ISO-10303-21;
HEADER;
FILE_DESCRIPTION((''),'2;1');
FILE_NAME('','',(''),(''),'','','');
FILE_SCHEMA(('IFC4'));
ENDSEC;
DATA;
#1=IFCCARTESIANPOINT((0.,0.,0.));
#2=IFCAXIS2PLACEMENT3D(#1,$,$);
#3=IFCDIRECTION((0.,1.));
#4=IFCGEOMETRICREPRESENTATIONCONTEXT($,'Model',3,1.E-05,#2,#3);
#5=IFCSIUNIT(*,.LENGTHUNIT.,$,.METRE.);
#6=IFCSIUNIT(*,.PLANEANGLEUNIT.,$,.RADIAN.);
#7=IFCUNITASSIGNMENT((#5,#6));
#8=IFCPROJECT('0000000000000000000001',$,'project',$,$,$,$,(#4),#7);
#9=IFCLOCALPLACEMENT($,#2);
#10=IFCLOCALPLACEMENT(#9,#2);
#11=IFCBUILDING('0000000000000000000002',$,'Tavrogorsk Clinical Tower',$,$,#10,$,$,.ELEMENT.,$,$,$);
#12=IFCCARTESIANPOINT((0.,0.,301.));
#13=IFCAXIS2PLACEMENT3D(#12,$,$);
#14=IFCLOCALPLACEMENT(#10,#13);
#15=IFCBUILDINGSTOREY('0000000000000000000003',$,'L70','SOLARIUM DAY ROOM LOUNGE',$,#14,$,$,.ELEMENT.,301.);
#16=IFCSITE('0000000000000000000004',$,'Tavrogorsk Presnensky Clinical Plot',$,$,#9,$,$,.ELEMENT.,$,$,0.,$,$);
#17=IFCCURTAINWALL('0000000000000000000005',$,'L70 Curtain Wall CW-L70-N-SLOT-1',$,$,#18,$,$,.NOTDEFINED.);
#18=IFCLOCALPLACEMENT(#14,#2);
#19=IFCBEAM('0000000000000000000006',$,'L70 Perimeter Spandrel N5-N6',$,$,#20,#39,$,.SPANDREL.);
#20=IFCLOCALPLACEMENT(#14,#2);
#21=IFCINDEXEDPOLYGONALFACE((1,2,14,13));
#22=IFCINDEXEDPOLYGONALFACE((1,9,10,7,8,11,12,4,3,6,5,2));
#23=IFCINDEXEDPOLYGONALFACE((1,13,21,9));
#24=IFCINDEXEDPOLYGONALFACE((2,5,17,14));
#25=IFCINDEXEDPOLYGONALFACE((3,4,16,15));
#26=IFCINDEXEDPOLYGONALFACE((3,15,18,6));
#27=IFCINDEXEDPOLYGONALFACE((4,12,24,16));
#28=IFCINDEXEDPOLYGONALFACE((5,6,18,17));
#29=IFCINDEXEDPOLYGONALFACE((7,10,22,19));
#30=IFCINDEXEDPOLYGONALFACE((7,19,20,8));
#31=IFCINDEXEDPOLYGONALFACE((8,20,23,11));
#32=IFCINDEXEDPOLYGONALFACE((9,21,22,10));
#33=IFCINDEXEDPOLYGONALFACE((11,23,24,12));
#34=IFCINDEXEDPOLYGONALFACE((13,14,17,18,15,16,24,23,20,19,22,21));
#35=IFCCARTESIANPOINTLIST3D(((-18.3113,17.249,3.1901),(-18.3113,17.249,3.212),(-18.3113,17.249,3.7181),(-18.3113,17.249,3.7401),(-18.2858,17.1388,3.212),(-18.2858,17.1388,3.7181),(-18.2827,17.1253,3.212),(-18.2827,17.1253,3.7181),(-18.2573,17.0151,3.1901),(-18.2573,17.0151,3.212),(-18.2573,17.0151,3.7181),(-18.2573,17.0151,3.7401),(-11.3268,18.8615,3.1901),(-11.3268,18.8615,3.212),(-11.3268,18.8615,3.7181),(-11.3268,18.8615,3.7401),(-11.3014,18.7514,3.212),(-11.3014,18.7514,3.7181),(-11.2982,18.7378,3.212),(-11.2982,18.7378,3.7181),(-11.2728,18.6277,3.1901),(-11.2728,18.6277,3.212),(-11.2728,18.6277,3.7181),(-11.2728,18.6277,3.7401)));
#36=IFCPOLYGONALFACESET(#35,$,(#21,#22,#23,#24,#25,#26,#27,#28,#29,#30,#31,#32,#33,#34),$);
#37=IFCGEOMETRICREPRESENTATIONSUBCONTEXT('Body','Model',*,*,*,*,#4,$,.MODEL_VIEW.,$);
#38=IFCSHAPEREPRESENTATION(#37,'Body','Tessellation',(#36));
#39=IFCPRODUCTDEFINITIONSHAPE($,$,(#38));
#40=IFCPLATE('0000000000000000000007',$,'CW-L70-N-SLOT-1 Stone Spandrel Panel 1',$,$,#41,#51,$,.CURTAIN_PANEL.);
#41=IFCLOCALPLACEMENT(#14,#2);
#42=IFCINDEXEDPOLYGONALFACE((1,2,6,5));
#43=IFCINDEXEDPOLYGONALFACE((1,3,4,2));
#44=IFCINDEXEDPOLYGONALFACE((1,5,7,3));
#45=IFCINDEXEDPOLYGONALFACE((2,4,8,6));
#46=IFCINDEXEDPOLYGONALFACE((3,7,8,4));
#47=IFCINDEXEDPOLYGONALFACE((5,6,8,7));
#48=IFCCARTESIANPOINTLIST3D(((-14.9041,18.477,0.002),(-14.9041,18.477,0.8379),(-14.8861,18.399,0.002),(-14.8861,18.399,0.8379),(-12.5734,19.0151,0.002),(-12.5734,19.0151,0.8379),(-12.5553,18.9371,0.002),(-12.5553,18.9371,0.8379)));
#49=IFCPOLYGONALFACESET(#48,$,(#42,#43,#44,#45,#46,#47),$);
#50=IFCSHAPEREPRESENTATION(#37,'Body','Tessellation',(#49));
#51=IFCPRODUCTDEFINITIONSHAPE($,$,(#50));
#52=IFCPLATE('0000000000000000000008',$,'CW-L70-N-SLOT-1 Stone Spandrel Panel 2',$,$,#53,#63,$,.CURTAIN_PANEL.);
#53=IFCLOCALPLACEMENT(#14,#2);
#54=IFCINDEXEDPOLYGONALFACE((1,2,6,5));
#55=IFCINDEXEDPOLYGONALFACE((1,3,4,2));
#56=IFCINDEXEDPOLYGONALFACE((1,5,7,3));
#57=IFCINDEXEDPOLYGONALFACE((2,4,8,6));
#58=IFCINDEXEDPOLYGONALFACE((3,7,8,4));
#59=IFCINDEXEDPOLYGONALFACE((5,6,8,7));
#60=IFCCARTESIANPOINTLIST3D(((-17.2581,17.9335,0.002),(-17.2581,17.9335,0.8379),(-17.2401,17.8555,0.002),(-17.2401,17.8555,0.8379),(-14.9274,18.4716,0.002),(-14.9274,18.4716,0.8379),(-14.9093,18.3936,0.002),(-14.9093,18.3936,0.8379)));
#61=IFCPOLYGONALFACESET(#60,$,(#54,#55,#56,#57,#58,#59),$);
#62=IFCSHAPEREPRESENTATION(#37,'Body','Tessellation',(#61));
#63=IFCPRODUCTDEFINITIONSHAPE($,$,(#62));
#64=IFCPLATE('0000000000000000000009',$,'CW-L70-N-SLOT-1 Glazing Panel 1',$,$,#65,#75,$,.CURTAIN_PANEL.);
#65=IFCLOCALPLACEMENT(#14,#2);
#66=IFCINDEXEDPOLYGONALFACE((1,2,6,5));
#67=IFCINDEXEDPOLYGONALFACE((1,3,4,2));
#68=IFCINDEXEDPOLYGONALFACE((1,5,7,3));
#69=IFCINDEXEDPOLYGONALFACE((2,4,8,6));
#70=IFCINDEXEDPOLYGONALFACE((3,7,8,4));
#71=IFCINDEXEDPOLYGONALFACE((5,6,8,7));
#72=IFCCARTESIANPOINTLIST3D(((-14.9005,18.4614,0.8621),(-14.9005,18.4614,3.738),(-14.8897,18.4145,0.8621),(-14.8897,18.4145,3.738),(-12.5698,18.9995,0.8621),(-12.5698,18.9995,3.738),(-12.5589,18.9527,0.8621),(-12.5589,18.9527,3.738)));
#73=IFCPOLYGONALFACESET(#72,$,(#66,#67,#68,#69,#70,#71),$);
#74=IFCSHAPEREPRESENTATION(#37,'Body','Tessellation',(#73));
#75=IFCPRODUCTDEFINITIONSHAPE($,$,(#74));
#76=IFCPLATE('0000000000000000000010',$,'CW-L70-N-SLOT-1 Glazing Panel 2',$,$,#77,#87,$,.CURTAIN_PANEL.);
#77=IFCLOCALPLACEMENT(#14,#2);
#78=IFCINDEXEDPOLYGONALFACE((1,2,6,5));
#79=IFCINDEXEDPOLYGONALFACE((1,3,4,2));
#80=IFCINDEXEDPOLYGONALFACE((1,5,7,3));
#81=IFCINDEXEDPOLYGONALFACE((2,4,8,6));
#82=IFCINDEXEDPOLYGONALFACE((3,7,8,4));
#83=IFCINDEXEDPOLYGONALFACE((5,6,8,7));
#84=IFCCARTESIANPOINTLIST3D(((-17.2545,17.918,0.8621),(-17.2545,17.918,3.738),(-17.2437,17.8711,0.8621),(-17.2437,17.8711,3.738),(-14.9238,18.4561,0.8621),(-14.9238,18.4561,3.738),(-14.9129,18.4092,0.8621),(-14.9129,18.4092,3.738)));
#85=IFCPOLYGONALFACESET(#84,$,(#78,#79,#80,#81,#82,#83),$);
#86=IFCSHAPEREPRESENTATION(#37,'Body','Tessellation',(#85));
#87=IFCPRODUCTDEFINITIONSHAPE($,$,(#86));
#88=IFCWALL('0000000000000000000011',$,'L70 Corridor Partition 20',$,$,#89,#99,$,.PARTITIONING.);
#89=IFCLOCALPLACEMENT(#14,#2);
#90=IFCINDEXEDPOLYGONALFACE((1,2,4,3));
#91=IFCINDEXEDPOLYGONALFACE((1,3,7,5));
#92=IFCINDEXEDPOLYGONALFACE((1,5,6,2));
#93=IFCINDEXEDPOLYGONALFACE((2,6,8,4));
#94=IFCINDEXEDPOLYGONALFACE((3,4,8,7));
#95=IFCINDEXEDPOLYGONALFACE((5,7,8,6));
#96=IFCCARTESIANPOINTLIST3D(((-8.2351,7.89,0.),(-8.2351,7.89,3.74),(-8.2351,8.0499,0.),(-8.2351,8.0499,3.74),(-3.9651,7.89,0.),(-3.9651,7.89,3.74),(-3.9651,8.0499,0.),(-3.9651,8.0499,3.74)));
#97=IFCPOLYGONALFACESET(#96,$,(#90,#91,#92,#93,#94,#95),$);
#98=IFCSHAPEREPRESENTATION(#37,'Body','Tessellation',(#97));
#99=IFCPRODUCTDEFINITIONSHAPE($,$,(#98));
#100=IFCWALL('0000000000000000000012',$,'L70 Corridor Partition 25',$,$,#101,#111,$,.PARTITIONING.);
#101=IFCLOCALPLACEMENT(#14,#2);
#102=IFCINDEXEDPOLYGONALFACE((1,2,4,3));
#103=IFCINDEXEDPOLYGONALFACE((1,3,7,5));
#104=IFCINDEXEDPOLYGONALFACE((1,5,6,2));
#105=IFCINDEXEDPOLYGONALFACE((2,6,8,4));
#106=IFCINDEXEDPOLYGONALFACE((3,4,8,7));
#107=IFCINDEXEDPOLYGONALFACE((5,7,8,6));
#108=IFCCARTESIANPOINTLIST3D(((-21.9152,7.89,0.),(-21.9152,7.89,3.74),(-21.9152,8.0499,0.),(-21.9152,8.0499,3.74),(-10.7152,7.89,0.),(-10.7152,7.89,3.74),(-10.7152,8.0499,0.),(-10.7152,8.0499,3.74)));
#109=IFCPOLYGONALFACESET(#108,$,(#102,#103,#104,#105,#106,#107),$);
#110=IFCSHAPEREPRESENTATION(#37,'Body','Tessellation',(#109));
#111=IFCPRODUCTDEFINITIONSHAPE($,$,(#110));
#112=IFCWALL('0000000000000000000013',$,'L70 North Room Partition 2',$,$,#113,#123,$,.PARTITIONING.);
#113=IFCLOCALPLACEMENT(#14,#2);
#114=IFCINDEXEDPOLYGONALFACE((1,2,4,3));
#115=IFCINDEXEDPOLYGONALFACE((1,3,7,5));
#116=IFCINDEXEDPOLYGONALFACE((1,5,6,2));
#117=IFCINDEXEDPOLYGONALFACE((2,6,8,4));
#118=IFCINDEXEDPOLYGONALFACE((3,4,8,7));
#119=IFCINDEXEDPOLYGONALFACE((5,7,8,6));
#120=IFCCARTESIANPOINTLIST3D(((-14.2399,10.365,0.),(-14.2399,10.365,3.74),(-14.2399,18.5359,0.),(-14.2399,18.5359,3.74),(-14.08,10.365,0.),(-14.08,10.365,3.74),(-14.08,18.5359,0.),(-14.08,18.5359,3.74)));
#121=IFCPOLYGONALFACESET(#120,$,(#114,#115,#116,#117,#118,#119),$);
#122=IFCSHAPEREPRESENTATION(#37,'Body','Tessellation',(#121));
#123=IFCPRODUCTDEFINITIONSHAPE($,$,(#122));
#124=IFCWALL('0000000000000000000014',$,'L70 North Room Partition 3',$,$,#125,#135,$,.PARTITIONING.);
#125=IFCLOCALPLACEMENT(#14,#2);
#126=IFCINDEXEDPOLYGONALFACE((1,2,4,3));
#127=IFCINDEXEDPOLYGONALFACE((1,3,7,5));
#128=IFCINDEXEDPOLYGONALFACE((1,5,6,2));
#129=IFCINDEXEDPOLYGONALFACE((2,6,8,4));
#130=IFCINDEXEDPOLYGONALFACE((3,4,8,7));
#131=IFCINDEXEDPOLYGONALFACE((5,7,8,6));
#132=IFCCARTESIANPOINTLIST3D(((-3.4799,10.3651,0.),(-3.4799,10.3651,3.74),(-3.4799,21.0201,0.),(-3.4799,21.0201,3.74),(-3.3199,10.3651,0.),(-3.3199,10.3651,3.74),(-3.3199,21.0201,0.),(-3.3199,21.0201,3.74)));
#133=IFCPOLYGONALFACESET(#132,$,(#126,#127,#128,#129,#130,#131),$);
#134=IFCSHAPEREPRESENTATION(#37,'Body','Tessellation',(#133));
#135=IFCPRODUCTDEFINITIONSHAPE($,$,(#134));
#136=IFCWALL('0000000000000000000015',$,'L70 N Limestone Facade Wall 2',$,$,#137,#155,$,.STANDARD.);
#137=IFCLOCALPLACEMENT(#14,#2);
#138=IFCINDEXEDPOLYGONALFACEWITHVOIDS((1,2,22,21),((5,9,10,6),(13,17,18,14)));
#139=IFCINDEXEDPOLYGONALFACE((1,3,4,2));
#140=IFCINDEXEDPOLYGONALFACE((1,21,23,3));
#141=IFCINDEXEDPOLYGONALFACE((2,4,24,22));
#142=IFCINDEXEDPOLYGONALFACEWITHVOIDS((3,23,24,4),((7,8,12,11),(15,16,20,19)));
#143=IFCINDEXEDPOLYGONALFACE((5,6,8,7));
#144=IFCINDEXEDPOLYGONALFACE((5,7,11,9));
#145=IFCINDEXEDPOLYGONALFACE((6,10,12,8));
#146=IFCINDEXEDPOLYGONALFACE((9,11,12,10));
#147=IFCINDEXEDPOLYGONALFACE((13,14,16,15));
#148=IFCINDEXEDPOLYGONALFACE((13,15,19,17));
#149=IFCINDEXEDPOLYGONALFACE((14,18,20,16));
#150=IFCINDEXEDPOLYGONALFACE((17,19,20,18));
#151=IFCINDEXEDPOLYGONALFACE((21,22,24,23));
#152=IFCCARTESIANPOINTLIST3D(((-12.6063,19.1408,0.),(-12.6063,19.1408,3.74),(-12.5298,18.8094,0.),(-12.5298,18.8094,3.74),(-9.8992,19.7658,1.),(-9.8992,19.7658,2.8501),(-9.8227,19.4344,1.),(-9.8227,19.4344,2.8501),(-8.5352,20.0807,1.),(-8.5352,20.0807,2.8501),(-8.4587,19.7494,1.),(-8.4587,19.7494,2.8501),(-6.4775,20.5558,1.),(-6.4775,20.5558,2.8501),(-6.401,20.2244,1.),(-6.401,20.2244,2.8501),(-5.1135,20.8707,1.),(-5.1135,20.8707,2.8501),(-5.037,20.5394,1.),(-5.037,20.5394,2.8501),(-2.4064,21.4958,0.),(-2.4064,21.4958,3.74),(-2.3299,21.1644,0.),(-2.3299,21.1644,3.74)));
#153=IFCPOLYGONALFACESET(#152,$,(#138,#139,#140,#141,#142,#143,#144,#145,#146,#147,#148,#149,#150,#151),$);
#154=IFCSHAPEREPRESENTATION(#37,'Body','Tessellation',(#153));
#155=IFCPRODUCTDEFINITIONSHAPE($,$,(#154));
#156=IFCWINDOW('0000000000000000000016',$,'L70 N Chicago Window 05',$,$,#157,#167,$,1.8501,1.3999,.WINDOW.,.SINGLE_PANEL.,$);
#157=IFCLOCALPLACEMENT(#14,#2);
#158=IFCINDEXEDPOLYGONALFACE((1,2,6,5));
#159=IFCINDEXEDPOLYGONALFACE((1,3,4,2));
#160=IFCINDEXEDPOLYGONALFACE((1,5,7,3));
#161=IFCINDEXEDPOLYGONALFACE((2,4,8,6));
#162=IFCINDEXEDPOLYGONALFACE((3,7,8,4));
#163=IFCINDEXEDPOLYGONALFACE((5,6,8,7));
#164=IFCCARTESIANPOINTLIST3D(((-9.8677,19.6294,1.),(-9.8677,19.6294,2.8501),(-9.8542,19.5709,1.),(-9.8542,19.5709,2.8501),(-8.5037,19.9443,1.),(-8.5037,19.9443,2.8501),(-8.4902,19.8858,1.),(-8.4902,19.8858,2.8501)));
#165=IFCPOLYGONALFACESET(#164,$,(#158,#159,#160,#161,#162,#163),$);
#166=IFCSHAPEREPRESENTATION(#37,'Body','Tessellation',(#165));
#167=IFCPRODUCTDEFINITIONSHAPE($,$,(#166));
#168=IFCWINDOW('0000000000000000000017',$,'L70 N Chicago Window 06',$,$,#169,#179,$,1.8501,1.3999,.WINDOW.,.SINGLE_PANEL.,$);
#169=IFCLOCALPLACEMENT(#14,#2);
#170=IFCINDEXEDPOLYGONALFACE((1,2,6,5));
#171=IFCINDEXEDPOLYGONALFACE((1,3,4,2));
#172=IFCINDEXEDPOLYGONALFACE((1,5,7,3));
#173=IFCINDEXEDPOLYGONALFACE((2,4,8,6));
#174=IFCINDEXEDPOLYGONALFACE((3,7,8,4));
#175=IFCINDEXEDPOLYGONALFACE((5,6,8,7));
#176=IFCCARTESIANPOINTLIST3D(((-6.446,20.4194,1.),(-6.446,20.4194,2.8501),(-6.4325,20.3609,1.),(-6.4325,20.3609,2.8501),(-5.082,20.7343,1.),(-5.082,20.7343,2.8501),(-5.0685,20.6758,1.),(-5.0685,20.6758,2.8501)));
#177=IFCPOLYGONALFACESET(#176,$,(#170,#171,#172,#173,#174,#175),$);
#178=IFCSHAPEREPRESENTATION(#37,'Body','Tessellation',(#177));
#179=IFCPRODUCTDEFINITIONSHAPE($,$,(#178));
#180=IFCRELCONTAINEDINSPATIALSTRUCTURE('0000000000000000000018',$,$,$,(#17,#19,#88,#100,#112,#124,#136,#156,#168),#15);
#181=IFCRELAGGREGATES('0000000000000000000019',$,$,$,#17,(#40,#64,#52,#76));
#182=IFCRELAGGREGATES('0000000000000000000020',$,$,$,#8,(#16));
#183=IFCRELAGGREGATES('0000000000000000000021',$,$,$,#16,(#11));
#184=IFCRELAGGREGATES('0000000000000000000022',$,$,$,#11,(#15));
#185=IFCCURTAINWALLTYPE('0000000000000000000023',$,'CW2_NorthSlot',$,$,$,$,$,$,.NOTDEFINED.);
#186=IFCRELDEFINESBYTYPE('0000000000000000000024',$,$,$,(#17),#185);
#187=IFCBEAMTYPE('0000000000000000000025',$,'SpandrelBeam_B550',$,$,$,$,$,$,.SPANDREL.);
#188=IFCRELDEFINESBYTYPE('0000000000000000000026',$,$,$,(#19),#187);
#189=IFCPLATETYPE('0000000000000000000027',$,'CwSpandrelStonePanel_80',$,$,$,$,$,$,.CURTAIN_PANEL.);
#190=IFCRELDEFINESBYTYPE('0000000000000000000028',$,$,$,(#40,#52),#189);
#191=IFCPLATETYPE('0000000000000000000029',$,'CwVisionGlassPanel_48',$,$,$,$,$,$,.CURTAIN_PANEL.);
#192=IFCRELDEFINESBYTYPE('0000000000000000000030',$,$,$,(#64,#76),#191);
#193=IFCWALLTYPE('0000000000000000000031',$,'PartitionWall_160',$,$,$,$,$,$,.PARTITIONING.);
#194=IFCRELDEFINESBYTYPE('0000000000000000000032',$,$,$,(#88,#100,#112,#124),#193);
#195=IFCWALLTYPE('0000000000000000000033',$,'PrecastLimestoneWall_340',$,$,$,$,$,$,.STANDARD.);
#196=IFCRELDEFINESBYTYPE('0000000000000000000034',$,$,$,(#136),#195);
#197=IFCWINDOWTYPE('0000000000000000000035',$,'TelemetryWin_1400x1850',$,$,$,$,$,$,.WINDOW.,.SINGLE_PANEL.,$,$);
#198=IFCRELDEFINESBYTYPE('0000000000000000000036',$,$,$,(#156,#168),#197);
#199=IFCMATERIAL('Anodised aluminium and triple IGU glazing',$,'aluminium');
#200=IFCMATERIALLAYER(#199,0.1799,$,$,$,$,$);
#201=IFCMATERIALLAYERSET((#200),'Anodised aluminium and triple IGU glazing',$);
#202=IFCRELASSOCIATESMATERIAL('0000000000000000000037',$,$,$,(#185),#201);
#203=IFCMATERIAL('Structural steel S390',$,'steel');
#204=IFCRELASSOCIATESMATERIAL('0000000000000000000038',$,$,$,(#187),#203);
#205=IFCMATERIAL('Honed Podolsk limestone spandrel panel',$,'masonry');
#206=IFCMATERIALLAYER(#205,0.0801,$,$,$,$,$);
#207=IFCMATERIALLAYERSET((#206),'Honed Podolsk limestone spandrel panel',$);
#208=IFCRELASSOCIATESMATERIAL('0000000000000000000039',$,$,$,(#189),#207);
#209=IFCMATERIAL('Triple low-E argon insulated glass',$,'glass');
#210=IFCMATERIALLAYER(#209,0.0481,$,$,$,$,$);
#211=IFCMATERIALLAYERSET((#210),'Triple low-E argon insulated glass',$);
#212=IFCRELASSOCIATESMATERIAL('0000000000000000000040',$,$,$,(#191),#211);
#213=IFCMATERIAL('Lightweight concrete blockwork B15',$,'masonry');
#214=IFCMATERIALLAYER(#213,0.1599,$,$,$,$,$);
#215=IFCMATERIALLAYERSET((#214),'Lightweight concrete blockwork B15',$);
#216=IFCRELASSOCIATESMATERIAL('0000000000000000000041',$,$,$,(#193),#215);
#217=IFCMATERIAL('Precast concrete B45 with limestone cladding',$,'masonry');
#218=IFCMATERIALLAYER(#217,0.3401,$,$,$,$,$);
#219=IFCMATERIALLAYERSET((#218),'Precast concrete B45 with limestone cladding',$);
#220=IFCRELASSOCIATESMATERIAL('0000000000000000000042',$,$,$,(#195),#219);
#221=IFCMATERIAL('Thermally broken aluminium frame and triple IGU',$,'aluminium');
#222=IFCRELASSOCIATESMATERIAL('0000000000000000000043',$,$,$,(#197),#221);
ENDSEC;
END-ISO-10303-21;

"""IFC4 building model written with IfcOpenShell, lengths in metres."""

from ifc_helpers import new_model, si_unit, direction, frame, frame_2d, origin, origin_2d, place, context, subcontext, project, spatial, rectangle, i_section, extrude, material, layer, layer_set, material_profile, profile_set, type_object, element, fill, aggregate, save


model = new_model("IFC4")

# Units and contexts
model_context = context("Model", 3, precision=1e-05, world=origin(), true_north=direction((0.0, 1.0)))
body_context = subcontext(model_context, "Body", "Model", "MODEL_VIEW")
ifc_project = project(units=[si_unit("LENGTHUNIT", "METRE"), si_unit("PLANEANGLEUNIT", "RADIAN")], contexts=[model_context])

# Site, building, storey
site_placement = place(None, origin())
site = spatial("IfcSite", under=ifc_project, at=site_placement, Name="Tavrogorsk Presnensky Clinical Plot", CompositionType="ELEMENT", RefElevation=0.0)
building_placement = place(site_placement, origin())
building = spatial("IfcBuilding", under=site, at=building_placement, Name="Tavrogorsk Clinical Tower", CompositionType="ELEMENT")
storey_placement = place(building_placement, frame((0.0, 0.0, 301.0)))
storey = spatial("IfcBuildingStorey", under=building, at=storey_placement, Name="L70", Description="SOLARIUM DAY ROOM LOUNGE", CompositionType="ELEMENT", Elevation=301.0)

# Curtain wall
ifc_material_1 = material(Name="Anodised aluminium and triple IGU glazing", Category="aluminium")
ifc_layer_1 = layer(ifc_material_1, 0.1799)
ifc_layer_set_1 = layer_set([ifc_layer_1], Name="Anodised aluminium and triple IGU glazing")
curtain_wall_type = type_object("IfcCurtainWallType", Name="CW2_NorthSlot", PredefinedType="NOTDEFINED", material=ifc_layer_set_1)
curtain_wall_1_placement = place(storey_placement, origin())
curtain_wall_1 = element("IfcCurtainWall", 1, at=curtain_wall_1_placement, inside=storey, type_object=curtain_wall_type, Name="L70 Curtain Wall CW-L70-N-SLOT-1", PredefinedType="NOTDEFINED")

# Beam
ifc_material_2 = material(Name="Structural steel S390", Category="steel")
ifc_material_profile_1 = material_profile(ifc_material_2, i_section(OverallWidth=0.24, OverallDepth=0.55, WebThickness=0.0139, FlangeThickness=0.022, at=origin_2d()), Name="B-550x240x14x22")
ifc_profile_set_1 = profile_set([ifc_material_profile_1], Name="Structural steel S390")
beam_type = type_object("IfcBeamType", Name="SpandrelBeam_B550", PredefinedType="SPANDREL", material=ifc_profile_set_1)
for number, where, z_axis, x_axis, name in (
    (2, (-11.2998, 18.7446, 3.4651), (-0.974368, -0.224961, 0.0), (0.224961, -0.974368, 0.0), "L70 Perimeter Spandrel N5-N6"),
):
    element("IfcBeam", number, at=place(storey_placement, frame(where, z_axis=z_axis, x_axis=x_axis)), inside=storey, type_object=beam_type, Name=name, PredefinedType="SPANDREL", context=body_context, shape_type="SweptSolid", body=[
        extrude(i_section(OverallWidth=0.24, OverallDepth=0.55, WebThickness=0.0139, FlangeThickness=0.022, at=origin_2d()), origin(), (0.0, 0.0, 1.0), 7.1682),
    ])

# Plates
ifc_material_3 = material(Name="Honed Podolsk limestone spandrel panel", Category="masonry")
ifc_layer_2 = layer(ifc_material_3, 0.0801)
ifc_layer_set_2 = layer_set([ifc_layer_2], Name="Honed Podolsk limestone spandrel panel")
plate_type_1 = type_object("IfcPlateType", Name="CwSpandrelStonePanel_80", PredefinedType="CURTAIN_PANEL", material=ifc_layer_set_2)
plate_1_placement = place(storey_placement, frame((-13.7297, 18.707, 0.002), z_axis=(0.0, 0.0, 1.0), x_axis=(-0.97437, -0.224951, 0.0)))
plate_1 = element("IfcPlate", 3, at=plate_1_placement, type_object=plate_type_1, Name="CW-L70-N-SLOT-1 Stone Spandrel Panel 1", PredefinedType="CURTAIN_PANEL", context=body_context, shape_type="SweptSolid", body=[
    extrude(rectangle(XDim=2.3921, YDim=0.0801, at=origin_2d()), origin(), (0.0, 0.0, 1.0), 0.8359),
])
plate_2_placement = place(storey_placement, frame((-16.0837, 18.1636, 0.002), z_axis=(0.0, 0.0, 1.0), x_axis=(-0.97437, -0.224951, 0.0)))
plate_2 = element("IfcPlate", 4, at=plate_2_placement, type_object=plate_type_1, Name="CW-L70-N-SLOT-1 Stone Spandrel Panel 2", PredefinedType="CURTAIN_PANEL", context=body_context, shape_type="SweptSolid", body=[
    extrude(rectangle(XDim=2.3921, YDim=0.0801, at=origin_2d()), origin(), (0.0, 0.0, 1.0), 0.8359),
])
ifc_material_4 = material(Name="Triple low-E argon insulated glass", Category="glass")
ifc_layer_3 = layer(ifc_material_4, 0.0481)
ifc_layer_set_3 = layer_set([ifc_layer_3], Name="Triple low-E argon insulated glass")
plate_type_2 = type_object("IfcPlateType", Name="CwVisionGlassPanel_48", PredefinedType="CURTAIN_PANEL", material=ifc_layer_set_3)
plate_3_placement = place(storey_placement, frame((-13.7297, 18.707, 0.8621), z_axis=(0.0, 0.0, 1.0), x_axis=(-0.97437, -0.224951, 0.0)))
plate_3 = element("IfcPlate", 5, at=plate_3_placement, type_object=plate_type_2, Name="CW-L70-N-SLOT-1 Glazing Panel 1", PredefinedType="CURTAIN_PANEL", context=body_context, shape_type="SweptSolid", body=[
    extrude(rectangle(XDim=2.3921, YDim=0.0481, at=origin_2d()), origin(), (0.0, 0.0, 1.0), 2.876),
])
plate_4_placement = place(storey_placement, frame((-16.0837, 18.1636, 0.8621), z_axis=(0.0, 0.0, 1.0), x_axis=(-0.97437, -0.224951, 0.0)))
plate_4 = element("IfcPlate", 6, at=plate_4_placement, type_object=plate_type_2, Name="CW-L70-N-SLOT-1 Glazing Panel 2", PredefinedType="CURTAIN_PANEL", context=body_context, shape_type="SweptSolid", body=[
    extrude(rectangle(XDim=2.3921, YDim=0.0481, at=origin_2d()), origin(), (0.0, 0.0, 1.0), 2.876),
])
aggregate(curtain_wall_1, [plate_1, plate_3, plate_2, plate_4])

# Walls
ifc_material_5 = material(Name="Lightweight concrete blockwork B15", Category="masonry")
ifc_layer_4 = layer(ifc_material_5, 0.1599)
ifc_layer_set_4 = layer_set([ifc_layer_4], Name="Lightweight concrete blockwork B15")
wall_type_1 = type_object("IfcWallType", Name="PartitionWall_160", PredefinedType="PARTITIONING", material=ifc_layer_set_4)
wall_1_placement = place(storey_placement, frame((-3.9651, 7.97, 0.0), z_axis=(0.0, 0.0, 1.0), x_axis=(-1.0, 0.0, 0.0)))
element("IfcWall", 7, at=wall_1_placement, inside=storey, type_object=wall_type_1, Name="L70 Corridor Partition 20", PredefinedType="PARTITIONING", context=body_context, shape_type="SweptSolid", body=[
    extrude(rectangle(XDim=4.27, YDim=0.1599, at=frame_2d((2.135, 0.0))), origin(), (0.0, 0.0, 1.0), 3.74),
])
wall_2_placement = place(storey_placement, frame((-10.7151, 7.97, 0.0), z_axis=(0.0, 0.0, 1.0), x_axis=(-1.0, 0.0, 0.0)))
element("IfcWall", 8, at=wall_2_placement, inside=storey, type_object=wall_type_1, Name="L70 Corridor Partition 25", PredefinedType="PARTITIONING", context=body_context, shape_type="SweptSolid", body=[
    extrude(rectangle(XDim=11.2, YDim=0.1599, at=frame_2d((5.6001, 0.0))), origin(), (0.0, 0.0, 1.0), 3.74),
])
wall_3_placement = place(storey_placement, frame((-14.1599, 10.365, 0.0), z_axis=(0.0, 0.0, 1.0), x_axis=(0.0, 1.0, 0.0)))
element("IfcWall", 9, at=wall_3_placement, inside=storey, type_object=wall_type_1, Name="L70 North Room Partition 2", PredefinedType="PARTITIONING", context=body_context, shape_type="SweptSolid", body=[
    extrude(rectangle(XDim=8.1709, YDim=0.1599, at=frame_2d((4.0854, 0.0))), origin(), (0.0, 0.0, 1.0), 3.74),
])
wall_4_placement = place(storey_placement, frame((-3.3999, 10.365, 0.0), z_axis=(0.0, 0.0, 1.0), x_axis=(0.0, 1.0, 0.0)))
element("IfcWall", 10, at=wall_4_placement, inside=storey, type_object=wall_type_1, Name="L70 North Room Partition 3", PredefinedType="PARTITIONING", context=body_context, shape_type="SweptSolid", body=[
    extrude(rectangle(XDim=10.655, YDim=0.1599, at=frame_2d((5.3276, 0.0))), origin(), (0.0, 0.0, 1.0), 3.74),
])

# Wall, openings, windows
ifc_material_6 = material(Name="Precast concrete B45 with limestone cladding", Category="masonry")
ifc_layer_5 = layer(ifc_material_6, 0.3401)
ifc_layer_set_5 = layer_set([ifc_layer_5], Name="Precast concrete B45 with limestone cladding")
wall_type_2 = type_object("IfcWallType", Name="PrecastLimestoneWall_340", PredefinedType="STANDARD", material=ifc_layer_set_5)
wall_5_placement = place(storey_placement, frame((-2.3682, 21.3301, 0.0), z_axis=(0.0, 0.0, 1.0), x_axis=(-0.974367, -0.224963, 0.0)))
wall_5 = element("IfcWall", 11, at=wall_5_placement, inside=storey, type_object=wall_type_2, Name="L70 N Limestone Facade Wall 2", PredefinedType="STANDARD", context=body_context, shape_type="SweptSolid", body=[
    extrude(rectangle(XDim=10.4683, YDim=0.3401, at=frame_2d((5.2341, 0.0))), origin(), (0.0, 0.0, 1.0), 3.74),
])
opening_1_placement = place(wall_5_placement, frame((6.29, 0.0, 1.0)))
opening_1 = element("IfcOpeningElement", 12, at=opening_1_placement, cuts=wall_5, PredefinedType="OPENING", context=body_context, shape_type="SweptSolid", body=[
    extrude(rectangle(XDim=1.3999, YDim=1.8501, at=frame_2d((0.7, 0.925))), frame((0.0, 0.1799, 0.0), z_axis=(0.0, -1.0, 0.0), x_axis=(1.0, 0.0, 0.0)), (0.0, 0.0, 1.0), 0.3601),
])
opening_2_placement = place(wall_5_placement, frame((2.7783, 0.0, 1.0)))
opening_2 = element("IfcOpeningElement", 13, at=opening_2_placement, cuts=wall_5, PredefinedType="OPENING", context=body_context, shape_type="SweptSolid", body=[
    extrude(rectangle(XDim=1.3999, YDim=1.8501, at=frame_2d((0.7, 0.925))), frame((0.0, 0.1799, 0.0), z_axis=(0.0, -1.0, 0.0), x_axis=(1.0, 0.0, 0.0)), (0.0, 0.0, 1.0), 0.3601),
])
ifc_material_7 = material(Name="Thermally broken aluminium frame and triple IGU", Category="aluminium")
window_type = type_object("IfcWindowType", Name="TelemetryWin_1400x1850", PartitioningType="SINGLE_PANEL", PredefinedType="WINDOW", material=ifc_material_7)
window_1_placement = place(opening_1_placement, origin())
window_1 = element("IfcWindow", 14, at=window_1_placement, inside=storey, type_object=window_type, Name="L70 N Chicago Window 05", OverallHeight=1.8501, OverallWidth=1.3999, PartitioningType="SINGLE_PANEL", PredefinedType="WINDOW", context=body_context, shape_type="SweptSolid", body=[
    extrude(rectangle(XDim=1.3999, YDim=1.8501, at=frame_2d((0.7, 0.925))), frame((0.0, 0.03, 0.0), z_axis=(0.0, -1.0, 0.0), x_axis=(1.0, 0.0, 0.0)), (0.0, 0.0, 1.0), 0.0601),
])
fill(opening_1, window_1)
window_2_placement = place(opening_2_placement, origin())
window_2 = element("IfcWindow", 15, at=window_2_placement, inside=storey, type_object=window_type, Name="L70 N Chicago Window 06", OverallHeight=1.8501, OverallWidth=1.3999, PartitioningType="SINGLE_PANEL", PredefinedType="WINDOW", context=body_context, shape_type="SweptSolid", body=[
    extrude(rectangle(XDim=1.3999, YDim=1.8501, at=frame_2d((0.7, 0.925))), frame((0.0, 0.03, 0.0), z_axis=(0.0, -1.0, 0.0), x_axis=(1.0, 0.0, 0.0)), (0.0, 0.0, 1.0), 0.0601),
])
fill(opening_2, window_2)

save(model, "model.ifc")
